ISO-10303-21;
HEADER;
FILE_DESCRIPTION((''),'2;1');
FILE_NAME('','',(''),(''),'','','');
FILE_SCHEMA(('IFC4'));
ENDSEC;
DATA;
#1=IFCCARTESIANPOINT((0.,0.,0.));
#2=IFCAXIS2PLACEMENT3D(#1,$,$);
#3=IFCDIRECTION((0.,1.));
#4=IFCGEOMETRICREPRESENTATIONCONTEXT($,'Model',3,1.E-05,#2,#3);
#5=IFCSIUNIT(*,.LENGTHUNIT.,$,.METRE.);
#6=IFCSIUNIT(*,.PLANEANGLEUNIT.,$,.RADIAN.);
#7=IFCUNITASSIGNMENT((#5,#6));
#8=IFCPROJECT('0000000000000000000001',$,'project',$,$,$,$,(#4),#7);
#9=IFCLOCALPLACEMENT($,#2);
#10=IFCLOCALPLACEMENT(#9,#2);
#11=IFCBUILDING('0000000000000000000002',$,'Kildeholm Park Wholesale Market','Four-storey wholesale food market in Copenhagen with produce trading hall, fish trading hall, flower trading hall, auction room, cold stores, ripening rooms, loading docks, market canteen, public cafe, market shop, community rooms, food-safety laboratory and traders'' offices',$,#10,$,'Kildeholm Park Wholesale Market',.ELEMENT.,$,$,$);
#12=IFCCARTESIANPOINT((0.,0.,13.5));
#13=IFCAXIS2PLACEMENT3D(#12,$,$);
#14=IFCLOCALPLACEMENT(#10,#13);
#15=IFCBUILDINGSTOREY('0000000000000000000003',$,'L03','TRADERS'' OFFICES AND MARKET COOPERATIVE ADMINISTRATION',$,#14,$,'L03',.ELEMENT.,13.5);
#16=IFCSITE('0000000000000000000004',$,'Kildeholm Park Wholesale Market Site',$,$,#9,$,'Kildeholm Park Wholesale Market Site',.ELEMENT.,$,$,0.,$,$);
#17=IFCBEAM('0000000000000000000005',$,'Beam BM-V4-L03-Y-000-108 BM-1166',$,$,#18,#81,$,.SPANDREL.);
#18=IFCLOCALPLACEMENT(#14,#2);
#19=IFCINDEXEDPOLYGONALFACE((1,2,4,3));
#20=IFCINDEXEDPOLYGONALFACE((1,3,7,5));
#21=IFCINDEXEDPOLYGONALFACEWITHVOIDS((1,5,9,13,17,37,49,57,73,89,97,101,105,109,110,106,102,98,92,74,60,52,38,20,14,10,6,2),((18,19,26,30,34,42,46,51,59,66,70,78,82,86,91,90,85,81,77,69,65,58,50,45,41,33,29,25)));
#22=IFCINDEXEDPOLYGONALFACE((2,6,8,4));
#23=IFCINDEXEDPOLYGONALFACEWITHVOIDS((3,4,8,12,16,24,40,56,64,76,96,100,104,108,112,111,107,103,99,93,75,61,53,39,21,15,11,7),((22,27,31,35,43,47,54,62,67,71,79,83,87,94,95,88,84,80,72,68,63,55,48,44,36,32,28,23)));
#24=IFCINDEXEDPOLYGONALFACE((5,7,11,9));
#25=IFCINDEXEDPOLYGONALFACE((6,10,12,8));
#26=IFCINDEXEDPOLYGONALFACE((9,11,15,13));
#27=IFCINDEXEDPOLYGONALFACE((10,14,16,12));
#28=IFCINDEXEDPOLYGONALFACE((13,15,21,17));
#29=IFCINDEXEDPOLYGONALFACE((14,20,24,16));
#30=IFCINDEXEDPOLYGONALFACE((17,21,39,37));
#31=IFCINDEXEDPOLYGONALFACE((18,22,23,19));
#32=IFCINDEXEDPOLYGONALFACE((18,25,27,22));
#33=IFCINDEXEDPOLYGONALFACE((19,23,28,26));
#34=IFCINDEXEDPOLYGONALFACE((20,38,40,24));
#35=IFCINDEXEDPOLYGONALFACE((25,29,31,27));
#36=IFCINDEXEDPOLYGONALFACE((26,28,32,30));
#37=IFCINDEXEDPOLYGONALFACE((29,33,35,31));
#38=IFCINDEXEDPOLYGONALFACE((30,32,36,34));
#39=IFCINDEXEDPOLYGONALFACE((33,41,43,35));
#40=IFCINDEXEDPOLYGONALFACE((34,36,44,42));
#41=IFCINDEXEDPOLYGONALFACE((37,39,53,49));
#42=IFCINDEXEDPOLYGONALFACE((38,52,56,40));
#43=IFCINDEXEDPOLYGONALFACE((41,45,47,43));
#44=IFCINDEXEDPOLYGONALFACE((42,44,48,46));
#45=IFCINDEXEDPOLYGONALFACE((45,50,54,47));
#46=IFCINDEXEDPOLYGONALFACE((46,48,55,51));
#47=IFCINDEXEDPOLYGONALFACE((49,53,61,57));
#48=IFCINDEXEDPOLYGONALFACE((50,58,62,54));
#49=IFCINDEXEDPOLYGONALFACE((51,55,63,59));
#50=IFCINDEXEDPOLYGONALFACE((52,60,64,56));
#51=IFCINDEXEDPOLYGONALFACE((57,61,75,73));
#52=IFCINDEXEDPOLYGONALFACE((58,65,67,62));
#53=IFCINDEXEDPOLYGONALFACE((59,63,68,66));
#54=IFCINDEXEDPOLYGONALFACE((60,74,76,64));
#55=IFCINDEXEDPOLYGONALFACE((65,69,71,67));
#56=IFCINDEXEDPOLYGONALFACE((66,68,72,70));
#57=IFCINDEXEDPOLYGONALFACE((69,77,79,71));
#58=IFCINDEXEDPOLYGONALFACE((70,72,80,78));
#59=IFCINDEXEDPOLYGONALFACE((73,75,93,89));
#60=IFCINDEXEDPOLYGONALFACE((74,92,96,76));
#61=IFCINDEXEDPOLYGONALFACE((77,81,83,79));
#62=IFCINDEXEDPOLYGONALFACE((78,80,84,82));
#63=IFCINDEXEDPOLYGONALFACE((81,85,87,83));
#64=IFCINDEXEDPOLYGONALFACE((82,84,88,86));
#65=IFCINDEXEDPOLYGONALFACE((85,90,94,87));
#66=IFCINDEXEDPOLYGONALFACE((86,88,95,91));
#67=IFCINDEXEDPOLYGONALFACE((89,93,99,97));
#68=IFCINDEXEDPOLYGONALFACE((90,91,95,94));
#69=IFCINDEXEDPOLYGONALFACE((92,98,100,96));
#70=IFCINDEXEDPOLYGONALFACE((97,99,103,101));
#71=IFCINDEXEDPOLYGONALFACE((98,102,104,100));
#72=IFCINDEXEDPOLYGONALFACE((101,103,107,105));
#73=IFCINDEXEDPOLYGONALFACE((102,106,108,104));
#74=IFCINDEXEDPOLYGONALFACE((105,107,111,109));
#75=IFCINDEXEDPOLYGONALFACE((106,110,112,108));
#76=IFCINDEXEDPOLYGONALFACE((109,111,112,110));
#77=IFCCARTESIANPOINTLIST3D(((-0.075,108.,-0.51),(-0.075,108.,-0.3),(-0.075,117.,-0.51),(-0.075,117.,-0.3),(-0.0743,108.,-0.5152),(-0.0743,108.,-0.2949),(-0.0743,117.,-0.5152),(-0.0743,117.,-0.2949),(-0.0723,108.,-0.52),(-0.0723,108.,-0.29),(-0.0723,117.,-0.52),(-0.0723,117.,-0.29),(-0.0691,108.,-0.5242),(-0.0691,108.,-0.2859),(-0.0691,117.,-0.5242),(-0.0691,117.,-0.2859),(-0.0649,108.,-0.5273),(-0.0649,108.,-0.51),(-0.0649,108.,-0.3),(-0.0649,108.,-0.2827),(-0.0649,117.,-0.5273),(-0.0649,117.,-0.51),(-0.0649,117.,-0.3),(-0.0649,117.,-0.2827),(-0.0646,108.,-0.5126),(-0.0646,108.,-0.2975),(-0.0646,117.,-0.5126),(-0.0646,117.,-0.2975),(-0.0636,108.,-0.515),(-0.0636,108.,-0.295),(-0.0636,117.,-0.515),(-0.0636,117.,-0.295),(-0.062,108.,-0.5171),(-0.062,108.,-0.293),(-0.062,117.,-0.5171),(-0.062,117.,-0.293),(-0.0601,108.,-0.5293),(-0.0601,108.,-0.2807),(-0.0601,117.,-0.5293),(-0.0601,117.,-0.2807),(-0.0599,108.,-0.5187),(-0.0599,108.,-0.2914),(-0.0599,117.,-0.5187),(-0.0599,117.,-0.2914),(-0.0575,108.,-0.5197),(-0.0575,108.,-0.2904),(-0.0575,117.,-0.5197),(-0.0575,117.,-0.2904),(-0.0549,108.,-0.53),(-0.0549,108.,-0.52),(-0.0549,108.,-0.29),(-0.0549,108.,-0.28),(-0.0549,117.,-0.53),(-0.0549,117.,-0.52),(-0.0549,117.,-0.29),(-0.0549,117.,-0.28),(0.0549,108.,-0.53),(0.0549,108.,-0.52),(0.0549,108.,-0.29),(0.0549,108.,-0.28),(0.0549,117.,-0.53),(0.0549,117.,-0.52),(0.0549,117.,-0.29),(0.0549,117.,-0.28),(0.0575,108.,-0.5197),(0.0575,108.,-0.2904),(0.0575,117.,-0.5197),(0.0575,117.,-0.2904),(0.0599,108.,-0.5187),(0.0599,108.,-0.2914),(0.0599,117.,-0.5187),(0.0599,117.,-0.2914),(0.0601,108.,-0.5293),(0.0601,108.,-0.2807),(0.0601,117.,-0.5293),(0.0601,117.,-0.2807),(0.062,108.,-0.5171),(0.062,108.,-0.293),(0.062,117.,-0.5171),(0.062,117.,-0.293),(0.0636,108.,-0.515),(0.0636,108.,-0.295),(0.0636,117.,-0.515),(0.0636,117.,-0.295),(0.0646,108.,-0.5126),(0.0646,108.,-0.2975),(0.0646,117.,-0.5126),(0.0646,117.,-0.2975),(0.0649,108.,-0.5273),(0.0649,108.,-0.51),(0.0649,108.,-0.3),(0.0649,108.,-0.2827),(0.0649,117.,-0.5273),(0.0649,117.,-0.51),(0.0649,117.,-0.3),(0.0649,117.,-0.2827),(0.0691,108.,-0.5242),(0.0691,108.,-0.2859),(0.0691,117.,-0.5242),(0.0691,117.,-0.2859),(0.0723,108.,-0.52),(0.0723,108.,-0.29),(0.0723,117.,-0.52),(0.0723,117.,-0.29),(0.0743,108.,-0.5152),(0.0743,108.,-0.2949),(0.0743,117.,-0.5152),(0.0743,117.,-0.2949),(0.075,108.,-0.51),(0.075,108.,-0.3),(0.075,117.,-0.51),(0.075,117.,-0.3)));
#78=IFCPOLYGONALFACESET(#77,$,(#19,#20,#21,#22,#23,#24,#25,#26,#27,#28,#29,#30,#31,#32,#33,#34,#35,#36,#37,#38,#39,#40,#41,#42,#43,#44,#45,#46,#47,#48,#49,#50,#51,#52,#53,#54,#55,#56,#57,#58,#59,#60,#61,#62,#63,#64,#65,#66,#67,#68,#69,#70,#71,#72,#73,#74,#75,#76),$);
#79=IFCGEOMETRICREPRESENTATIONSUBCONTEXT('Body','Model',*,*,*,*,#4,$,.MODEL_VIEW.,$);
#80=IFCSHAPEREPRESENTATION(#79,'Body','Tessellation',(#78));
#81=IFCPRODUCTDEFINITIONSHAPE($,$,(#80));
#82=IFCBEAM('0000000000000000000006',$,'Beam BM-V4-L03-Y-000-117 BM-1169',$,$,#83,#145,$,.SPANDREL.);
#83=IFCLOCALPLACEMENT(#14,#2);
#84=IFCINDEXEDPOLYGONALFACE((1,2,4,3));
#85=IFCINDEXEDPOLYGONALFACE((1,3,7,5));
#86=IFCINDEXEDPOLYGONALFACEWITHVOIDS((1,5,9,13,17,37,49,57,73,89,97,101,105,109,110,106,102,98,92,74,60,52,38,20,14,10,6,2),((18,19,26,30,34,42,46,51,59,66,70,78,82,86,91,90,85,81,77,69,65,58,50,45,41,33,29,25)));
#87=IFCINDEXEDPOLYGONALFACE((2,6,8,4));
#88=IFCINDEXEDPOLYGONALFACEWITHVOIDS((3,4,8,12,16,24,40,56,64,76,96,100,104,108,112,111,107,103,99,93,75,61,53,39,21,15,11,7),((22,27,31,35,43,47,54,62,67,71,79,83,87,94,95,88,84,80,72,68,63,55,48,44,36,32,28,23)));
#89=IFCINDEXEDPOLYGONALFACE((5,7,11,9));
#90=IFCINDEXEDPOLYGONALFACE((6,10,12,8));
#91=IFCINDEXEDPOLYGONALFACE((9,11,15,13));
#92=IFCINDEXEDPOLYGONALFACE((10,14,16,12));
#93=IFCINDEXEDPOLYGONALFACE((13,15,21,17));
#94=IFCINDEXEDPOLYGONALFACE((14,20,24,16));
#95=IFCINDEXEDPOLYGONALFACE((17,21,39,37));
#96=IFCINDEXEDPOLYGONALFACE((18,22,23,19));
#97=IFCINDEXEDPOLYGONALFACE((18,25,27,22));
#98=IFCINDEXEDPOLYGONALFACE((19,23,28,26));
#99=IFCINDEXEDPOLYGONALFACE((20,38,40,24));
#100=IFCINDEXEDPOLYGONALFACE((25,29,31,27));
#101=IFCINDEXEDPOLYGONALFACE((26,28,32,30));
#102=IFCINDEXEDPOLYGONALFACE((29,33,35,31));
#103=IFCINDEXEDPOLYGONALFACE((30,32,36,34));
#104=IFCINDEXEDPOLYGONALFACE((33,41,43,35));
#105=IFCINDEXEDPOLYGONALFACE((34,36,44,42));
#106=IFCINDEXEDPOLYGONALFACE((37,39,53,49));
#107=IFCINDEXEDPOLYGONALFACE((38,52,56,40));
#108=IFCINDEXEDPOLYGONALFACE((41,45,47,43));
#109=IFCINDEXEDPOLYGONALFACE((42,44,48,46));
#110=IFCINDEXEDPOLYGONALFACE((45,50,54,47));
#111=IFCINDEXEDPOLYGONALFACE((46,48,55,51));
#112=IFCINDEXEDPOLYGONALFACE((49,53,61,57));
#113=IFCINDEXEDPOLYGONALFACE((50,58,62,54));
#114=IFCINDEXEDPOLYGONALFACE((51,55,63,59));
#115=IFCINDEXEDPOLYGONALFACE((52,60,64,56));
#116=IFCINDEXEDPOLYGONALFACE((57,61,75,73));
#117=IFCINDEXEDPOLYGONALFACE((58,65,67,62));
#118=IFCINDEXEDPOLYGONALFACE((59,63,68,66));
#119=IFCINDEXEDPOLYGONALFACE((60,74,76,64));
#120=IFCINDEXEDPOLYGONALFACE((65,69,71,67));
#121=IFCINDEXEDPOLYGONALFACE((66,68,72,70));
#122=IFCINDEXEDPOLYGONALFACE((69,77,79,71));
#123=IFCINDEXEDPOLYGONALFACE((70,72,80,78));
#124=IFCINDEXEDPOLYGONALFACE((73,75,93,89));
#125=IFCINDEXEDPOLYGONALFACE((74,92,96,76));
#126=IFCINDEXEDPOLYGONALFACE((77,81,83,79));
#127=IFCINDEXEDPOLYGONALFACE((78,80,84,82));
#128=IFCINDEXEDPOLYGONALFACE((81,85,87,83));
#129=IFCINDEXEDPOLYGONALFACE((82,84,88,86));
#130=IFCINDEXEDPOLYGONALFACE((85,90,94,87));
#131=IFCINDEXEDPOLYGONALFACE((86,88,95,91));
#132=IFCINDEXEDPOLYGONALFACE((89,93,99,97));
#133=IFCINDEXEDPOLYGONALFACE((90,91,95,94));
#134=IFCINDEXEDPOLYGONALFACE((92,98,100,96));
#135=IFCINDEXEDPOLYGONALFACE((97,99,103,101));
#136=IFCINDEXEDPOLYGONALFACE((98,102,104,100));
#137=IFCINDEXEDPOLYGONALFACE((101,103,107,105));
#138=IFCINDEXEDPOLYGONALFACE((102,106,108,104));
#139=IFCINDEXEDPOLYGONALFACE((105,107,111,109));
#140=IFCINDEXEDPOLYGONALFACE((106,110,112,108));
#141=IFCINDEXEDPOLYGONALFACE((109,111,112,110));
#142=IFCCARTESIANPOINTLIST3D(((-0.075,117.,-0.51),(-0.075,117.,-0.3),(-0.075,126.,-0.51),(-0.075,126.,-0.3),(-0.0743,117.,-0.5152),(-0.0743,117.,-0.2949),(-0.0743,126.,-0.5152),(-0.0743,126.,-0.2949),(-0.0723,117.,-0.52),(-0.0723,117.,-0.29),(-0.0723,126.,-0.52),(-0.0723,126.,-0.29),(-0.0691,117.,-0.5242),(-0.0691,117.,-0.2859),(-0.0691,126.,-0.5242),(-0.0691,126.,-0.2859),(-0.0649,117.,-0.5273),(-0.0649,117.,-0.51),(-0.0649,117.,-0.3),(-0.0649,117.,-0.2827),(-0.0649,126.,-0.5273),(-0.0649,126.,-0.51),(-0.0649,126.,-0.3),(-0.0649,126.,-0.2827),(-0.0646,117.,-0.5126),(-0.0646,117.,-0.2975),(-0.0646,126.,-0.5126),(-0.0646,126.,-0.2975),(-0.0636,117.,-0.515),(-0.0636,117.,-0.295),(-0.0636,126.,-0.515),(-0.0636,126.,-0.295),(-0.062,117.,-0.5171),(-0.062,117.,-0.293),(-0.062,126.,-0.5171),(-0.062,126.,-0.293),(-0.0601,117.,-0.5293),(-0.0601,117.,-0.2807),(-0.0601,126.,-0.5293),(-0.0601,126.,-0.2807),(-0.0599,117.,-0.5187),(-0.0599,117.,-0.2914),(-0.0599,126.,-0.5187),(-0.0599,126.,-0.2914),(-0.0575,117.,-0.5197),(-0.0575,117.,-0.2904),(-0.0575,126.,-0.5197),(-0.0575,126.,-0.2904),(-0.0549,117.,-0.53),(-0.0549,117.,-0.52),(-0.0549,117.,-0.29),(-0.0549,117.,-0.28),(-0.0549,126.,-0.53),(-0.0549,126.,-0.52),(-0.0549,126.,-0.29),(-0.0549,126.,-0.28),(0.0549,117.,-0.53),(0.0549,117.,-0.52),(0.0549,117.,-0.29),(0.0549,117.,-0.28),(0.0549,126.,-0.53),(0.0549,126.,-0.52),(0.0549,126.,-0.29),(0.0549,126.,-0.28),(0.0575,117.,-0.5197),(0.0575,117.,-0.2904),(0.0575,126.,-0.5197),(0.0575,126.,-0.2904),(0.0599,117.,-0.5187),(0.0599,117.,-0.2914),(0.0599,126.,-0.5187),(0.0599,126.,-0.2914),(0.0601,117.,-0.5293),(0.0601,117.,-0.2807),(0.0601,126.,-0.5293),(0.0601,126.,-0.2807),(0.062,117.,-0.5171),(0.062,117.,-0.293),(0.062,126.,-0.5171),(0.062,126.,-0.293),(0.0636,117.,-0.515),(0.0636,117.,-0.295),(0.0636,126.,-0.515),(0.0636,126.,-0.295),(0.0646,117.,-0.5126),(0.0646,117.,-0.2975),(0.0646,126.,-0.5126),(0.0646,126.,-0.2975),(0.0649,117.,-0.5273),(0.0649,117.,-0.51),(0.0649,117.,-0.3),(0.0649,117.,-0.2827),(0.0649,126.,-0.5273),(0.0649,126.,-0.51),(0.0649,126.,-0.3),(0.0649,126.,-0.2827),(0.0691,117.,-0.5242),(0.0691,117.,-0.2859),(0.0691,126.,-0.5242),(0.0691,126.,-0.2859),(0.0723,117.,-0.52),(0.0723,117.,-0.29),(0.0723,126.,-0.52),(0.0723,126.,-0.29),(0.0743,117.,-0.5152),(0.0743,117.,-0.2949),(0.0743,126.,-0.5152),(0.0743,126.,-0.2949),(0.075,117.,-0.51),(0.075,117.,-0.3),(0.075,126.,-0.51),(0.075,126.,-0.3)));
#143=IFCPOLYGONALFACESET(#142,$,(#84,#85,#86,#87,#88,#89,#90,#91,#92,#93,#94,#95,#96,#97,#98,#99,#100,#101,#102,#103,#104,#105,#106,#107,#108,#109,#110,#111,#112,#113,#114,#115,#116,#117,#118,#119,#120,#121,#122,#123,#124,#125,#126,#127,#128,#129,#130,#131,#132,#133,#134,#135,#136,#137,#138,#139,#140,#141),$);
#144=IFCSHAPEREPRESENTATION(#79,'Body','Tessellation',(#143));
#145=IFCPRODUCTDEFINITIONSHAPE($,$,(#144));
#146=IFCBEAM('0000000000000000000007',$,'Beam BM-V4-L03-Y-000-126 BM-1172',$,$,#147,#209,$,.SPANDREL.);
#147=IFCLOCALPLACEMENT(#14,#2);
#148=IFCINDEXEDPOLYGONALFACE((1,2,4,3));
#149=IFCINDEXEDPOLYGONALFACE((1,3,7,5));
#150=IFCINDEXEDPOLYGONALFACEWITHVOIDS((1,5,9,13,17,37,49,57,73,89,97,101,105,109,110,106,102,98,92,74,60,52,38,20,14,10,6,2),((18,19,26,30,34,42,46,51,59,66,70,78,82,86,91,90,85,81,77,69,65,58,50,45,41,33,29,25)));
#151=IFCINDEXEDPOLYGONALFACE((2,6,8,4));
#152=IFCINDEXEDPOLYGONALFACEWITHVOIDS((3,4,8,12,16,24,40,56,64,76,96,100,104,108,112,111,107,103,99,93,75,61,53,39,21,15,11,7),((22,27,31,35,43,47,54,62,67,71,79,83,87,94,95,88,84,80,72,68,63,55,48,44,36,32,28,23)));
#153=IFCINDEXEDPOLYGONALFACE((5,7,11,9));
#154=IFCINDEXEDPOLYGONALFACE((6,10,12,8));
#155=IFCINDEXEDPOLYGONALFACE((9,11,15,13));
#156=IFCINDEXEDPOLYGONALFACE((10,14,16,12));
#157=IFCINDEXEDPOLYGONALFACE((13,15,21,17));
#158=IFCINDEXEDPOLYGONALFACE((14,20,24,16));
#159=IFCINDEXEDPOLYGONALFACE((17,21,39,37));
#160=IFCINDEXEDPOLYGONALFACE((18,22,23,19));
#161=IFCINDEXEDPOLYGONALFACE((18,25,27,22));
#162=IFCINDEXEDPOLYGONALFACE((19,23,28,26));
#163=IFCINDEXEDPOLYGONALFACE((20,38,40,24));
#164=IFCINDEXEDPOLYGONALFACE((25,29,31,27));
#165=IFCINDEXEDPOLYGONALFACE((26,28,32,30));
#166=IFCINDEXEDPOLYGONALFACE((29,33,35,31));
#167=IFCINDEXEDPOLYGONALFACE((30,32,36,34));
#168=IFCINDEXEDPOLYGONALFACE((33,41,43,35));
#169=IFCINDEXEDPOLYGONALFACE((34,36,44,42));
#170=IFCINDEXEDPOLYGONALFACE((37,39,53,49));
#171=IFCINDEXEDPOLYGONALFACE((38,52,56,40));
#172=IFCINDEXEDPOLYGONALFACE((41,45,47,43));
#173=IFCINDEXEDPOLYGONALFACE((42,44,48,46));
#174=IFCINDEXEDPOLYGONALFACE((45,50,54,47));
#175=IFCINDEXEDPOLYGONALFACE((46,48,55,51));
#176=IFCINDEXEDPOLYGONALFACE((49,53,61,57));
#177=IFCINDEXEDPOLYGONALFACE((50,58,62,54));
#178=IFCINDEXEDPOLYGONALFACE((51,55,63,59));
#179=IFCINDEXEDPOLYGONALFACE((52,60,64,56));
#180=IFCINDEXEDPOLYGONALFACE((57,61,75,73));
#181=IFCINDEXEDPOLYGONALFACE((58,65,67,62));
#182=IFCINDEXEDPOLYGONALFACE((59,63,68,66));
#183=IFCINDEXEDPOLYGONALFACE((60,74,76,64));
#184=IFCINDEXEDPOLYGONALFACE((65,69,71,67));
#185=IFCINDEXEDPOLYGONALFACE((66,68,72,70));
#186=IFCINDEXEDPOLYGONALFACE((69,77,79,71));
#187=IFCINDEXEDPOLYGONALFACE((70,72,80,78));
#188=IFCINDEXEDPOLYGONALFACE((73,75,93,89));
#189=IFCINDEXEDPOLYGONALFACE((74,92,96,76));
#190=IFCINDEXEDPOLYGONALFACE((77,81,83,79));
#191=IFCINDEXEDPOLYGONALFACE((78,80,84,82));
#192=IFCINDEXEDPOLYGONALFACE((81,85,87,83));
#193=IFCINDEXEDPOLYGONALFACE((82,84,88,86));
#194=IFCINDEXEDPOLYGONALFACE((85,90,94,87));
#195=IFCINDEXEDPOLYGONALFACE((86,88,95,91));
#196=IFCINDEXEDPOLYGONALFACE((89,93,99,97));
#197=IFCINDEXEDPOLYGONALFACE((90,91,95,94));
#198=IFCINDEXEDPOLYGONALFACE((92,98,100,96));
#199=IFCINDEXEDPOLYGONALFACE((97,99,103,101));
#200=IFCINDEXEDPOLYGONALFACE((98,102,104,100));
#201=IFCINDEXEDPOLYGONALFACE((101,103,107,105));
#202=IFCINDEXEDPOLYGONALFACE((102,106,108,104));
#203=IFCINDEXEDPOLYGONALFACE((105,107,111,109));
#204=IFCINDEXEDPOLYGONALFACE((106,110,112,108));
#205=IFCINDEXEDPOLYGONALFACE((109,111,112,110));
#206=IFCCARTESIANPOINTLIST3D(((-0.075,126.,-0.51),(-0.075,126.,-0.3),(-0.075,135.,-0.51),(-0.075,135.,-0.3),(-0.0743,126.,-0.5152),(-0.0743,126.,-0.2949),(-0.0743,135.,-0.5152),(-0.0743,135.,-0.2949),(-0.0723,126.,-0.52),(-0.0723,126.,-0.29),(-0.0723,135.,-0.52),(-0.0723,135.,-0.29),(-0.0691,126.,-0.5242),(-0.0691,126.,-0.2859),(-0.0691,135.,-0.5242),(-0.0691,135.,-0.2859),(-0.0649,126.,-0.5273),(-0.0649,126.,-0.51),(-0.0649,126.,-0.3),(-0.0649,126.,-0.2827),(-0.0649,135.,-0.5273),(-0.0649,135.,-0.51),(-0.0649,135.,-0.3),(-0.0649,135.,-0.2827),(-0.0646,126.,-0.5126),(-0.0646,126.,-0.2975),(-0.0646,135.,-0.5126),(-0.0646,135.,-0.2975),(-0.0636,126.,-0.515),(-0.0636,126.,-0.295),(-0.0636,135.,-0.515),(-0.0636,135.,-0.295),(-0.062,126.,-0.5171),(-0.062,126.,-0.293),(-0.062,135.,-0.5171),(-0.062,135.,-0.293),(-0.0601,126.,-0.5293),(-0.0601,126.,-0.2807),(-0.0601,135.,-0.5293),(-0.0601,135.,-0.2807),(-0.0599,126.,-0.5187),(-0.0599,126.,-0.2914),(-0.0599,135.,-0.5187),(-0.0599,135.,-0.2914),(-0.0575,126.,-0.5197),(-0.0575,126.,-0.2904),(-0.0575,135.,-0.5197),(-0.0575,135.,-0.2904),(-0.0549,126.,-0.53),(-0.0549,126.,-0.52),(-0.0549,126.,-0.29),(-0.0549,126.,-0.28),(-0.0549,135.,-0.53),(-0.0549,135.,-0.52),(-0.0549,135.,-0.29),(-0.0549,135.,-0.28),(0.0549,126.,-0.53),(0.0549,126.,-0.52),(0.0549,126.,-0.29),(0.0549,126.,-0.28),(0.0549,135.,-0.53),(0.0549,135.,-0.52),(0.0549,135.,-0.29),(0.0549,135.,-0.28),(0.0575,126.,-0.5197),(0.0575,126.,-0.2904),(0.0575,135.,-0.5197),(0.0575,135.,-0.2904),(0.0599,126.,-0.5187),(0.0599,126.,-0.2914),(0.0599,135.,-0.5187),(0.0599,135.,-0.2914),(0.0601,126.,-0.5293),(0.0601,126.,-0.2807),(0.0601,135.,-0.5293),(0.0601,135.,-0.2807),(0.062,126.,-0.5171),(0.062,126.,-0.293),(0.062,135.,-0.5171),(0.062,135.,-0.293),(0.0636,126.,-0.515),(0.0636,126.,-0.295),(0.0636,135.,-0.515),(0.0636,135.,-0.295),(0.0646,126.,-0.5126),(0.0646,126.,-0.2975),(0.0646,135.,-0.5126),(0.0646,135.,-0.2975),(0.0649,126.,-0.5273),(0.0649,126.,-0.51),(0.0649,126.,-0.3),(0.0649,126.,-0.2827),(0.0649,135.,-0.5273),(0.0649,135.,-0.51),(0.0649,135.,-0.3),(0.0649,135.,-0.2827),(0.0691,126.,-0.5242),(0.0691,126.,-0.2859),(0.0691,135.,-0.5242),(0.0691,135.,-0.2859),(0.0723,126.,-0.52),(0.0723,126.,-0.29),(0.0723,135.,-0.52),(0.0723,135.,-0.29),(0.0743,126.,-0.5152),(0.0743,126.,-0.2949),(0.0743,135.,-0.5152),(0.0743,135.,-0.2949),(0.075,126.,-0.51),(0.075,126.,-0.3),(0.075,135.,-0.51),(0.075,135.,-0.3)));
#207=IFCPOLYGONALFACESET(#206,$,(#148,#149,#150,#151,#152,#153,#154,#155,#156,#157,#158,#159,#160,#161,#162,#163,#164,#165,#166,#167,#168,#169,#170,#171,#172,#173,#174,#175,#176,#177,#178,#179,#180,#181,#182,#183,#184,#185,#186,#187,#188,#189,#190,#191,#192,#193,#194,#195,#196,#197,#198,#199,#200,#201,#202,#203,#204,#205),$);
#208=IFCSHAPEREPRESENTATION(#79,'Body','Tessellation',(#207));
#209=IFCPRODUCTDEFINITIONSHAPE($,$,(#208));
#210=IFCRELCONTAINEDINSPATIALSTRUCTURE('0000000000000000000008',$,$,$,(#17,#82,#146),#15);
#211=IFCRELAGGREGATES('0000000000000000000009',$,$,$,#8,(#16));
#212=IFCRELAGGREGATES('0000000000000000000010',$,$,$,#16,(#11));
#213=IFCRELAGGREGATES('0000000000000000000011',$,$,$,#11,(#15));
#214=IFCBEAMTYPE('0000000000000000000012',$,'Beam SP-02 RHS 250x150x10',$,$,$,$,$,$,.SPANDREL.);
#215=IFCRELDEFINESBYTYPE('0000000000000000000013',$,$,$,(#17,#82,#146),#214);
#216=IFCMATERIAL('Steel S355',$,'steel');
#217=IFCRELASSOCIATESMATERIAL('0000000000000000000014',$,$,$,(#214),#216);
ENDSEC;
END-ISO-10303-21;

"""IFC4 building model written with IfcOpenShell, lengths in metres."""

from ifc_helpers import new_model, si_unit, direction, frame, origin, origin_2d, place, context, subcontext, project, spatial, hollow_rectangle, extrude, material, material_profile, profile_set, type_object, element, save


model = new_model("IFC4")

# Units and contexts
model_context = context("Model", 3, precision=1e-05, world=origin(), true_north=direction((0.0, 1.0)))
body_context = subcontext(model_context, "Body", "Model", "MODEL_VIEW")
ifc_project = project(units=[si_unit("LENGTHUNIT", "METRE"), si_unit("PLANEANGLEUNIT", "RADIAN")], contexts=[model_context])

# Site, building, storey
site_placement = place(None, origin())
site = spatial("IfcSite", under=ifc_project, at=site_placement, Name="Kildeholm Park Wholesale Market Site", LongName="Kildeholm Park Wholesale Market Site", CompositionType="ELEMENT", RefElevation=0.0)
building_placement = place(site_placement, origin())
building = spatial("IfcBuilding", under=site, at=building_placement, Name="Kildeholm Park Wholesale Market", Description="Four-storey wholesale food market in Copenhagen with produce trading hall, fish trading hall, flower trading hall, auction room, cold stores, ripening rooms, loading docks, market canteen, public cafe, market shop, community rooms, food-safety laboratory and traders' offices", LongName="Kildeholm Park Wholesale Market", CompositionType="ELEMENT")
storey_placement = place(building_placement, frame((0.0, 0.0, 13.5)))
storey = spatial("IfcBuildingStorey", under=building, at=storey_placement, Name="L03", Description="TRADERS' OFFICES AND MARKET COOPERATIVE ADMINISTRATION", LongName="L03", CompositionType="ELEMENT", Elevation=13.5)

# Beams
ifc_material_1 = material(Name="Steel S355", Category="steel")
ifc_material_profile_1 = material_profile(ifc_material_1, hollow_rectangle(XDim=0.1499, YDim=0.25, WallThickness=0.01, InnerFilletRadius=0.01, OuterFilletRadius=0.02, at=origin_2d()), Name="RHS 250x150x10")
ifc_profile_set_1 = profile_set([ifc_material_profile_1], Name="Steel S355")
beam_type_1 = type_object("IfcBeamType", Name="Beam SP-02 RHS 250x150x10", PredefinedType="SPANDREL", material=ifc_profile_set_1)
for number, where, z_axis, x_axis, name in (
    (1, (0.0, 108.0, -0.405), (0.0, 1.0, 0.0), (-1.0, 0.0, 0.0), "Beam BM-V4-L03-Y-000-108 BM-1166"),
    (2, (0.0, 117.0, -0.405), (0.0, 1.0, 0.0), (-1.0, 0.0, 0.0), "Beam BM-V4-L03-Y-000-117 BM-1169"),
    (3, (0.0, 126.0, -0.405), (0.0, 1.0, 0.0), (-1.0, 0.0, 0.0), "Beam BM-V4-L03-Y-000-126 BM-1172"),
):
    element("IfcBeam", number, at=place(storey_placement, frame(where, z_axis=z_axis, x_axis=x_axis)), inside=storey, type_object=beam_type_1, Name=name, PredefinedType="SPANDREL", context=body_context, shape_type="SweptSolid", body=[
        extrude(hollow_rectangle(XDim=0.1499, YDim=0.25, WallThickness=0.01, InnerFilletRadius=0.01, OuterFilletRadius=0.02, at=origin_2d()), origin(), (0.0, 0.0, 1.0), 9.0),
    ])

save(model, "model.ifc")
